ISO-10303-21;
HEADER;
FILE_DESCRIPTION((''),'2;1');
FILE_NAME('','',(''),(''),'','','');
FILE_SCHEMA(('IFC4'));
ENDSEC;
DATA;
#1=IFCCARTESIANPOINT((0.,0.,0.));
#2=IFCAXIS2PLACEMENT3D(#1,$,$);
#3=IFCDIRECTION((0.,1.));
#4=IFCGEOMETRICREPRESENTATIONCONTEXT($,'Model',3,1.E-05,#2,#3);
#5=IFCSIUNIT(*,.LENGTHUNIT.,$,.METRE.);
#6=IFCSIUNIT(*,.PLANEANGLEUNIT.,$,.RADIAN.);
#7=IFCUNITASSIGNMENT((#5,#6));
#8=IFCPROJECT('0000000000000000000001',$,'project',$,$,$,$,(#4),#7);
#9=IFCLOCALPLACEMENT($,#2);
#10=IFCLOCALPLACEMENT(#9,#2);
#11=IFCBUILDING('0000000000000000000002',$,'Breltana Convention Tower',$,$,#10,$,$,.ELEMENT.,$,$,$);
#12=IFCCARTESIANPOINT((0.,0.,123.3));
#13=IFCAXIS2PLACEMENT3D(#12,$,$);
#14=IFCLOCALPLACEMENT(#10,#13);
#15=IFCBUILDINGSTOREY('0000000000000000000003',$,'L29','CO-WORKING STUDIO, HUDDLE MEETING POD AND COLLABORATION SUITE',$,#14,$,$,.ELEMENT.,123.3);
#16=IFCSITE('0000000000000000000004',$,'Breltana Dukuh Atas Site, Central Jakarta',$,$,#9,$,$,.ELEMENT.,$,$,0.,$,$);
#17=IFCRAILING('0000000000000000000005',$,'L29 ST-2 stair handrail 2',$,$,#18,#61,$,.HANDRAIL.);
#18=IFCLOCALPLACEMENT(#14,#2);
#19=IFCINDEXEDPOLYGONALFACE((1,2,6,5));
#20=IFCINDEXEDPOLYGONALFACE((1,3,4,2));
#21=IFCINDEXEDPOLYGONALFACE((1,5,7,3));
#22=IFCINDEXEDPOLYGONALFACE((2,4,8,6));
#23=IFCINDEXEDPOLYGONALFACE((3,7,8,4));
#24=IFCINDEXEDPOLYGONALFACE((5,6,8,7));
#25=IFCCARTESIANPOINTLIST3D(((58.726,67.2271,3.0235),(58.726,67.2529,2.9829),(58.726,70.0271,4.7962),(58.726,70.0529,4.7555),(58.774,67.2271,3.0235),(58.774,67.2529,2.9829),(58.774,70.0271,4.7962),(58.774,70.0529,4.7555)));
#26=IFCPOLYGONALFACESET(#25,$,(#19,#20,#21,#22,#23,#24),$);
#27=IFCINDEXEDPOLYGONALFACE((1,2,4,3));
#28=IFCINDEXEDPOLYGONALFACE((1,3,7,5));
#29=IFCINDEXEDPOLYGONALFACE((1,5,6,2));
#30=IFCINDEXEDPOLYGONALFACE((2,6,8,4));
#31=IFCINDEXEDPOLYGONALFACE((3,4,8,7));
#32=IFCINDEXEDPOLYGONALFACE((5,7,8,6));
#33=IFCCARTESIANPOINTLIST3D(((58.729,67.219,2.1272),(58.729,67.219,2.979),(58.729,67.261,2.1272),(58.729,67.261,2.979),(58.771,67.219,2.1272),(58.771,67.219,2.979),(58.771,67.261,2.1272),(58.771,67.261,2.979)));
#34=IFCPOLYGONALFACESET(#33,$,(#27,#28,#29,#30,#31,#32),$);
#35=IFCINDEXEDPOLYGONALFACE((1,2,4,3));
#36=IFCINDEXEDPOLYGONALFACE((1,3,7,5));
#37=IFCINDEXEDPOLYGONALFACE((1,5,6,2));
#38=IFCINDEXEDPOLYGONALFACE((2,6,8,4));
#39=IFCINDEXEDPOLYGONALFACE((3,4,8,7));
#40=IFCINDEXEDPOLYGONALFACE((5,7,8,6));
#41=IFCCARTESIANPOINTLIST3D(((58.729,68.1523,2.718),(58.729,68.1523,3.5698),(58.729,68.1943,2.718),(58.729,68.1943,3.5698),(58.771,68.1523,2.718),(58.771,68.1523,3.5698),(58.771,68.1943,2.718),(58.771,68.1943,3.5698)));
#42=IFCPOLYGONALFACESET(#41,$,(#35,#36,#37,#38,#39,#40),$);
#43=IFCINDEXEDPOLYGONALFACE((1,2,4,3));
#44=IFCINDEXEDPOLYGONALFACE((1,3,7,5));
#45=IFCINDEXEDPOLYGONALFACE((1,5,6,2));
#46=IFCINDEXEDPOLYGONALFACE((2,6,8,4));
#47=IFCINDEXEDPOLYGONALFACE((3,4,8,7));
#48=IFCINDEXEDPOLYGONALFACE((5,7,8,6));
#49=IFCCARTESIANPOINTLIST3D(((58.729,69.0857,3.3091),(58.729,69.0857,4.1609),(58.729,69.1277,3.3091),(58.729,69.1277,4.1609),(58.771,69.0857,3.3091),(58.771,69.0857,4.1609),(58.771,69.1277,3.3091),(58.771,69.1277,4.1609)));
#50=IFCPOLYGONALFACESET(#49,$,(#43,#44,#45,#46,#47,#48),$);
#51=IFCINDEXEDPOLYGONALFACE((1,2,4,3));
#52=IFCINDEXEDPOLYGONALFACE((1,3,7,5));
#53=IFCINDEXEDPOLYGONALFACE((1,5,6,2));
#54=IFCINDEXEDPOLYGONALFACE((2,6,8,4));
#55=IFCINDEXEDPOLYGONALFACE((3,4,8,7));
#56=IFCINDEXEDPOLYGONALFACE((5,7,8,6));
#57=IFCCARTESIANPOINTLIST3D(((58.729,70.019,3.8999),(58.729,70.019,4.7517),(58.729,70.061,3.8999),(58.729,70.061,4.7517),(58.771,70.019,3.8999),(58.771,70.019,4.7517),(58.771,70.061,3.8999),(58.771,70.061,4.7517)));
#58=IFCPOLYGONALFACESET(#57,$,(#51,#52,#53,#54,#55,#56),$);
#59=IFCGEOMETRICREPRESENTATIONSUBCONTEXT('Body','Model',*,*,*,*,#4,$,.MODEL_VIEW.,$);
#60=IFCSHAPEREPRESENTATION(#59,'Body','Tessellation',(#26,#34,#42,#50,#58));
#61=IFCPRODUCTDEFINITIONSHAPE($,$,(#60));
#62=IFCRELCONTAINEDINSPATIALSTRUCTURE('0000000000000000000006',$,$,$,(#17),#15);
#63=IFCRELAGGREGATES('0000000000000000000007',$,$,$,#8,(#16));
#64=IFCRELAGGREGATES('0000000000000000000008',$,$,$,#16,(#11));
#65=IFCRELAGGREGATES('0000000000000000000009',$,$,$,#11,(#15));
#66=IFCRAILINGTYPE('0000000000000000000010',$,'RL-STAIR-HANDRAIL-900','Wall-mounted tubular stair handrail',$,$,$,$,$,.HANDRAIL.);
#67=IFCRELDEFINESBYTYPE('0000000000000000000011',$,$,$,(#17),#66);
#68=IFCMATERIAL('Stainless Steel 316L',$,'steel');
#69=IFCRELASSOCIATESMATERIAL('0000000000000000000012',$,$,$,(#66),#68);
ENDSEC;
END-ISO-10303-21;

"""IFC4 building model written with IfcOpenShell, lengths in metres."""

from ifc_helpers import new_model, si_unit, direction, frame, origin, origin_2d, place, context, subcontext, project, spatial, rectangle, extrude, material, type_object, element, save


model = new_model("IFC4")

# Units and contexts
model_context = context("Model", 3, precision=1e-05, world=origin(), true_north=direction((0.0, 1.0)))
body_context = subcontext(model_context, "Body", "Model", "MODEL_VIEW")
ifc_project = project(units=[si_unit("LENGTHUNIT", "METRE"), si_unit("PLANEANGLEUNIT", "RADIAN")], contexts=[model_context])

# Site, building, storey
site_placement = place(None, origin())
site = spatial("IfcSite", under=ifc_project, at=site_placement, Name="Breltana Dukuh Atas Site, Central Jakarta", CompositionType="ELEMENT", RefElevation=0.0)
building_placement = place(site_placement, origin())
building = spatial("IfcBuilding", under=site, at=building_placement, Name="Breltana Convention Tower", CompositionType="ELEMENT")
storey_placement = place(building_placement, frame((0.0, 0.0, 123.3)))
storey = spatial("IfcBuildingStorey", under=building, at=storey_placement, Name="L29", Description="CO-WORKING STUDIO, HUDDLE MEETING POD AND COLLABORATION SUITE", CompositionType="ELEMENT", Elevation=123.3)

# Railing
ifc_material_1 = material(Name="Stainless Steel 316L", Category="steel")
railing_type_1 = type_object("IfcRailingType", Name="RL-STAIR-HANDRAIL-900", Description="Wall-mounted tubular stair handrail", PredefinedType="HANDRAIL", material=ifc_material_1)
railing_1_placement = place(storey_placement, frame((58.75, 67.24, 2.1272)))
element("IfcRailing", 1, at=railing_1_placement, inside=storey, type_object=railing_type_1, Name="L29 ST-2 stair handrail 2", PredefinedType="HANDRAIL", context=body_context, shape_type="SweptSolid", body=[
    extrude(rectangle(XDim=0.0481, YDim=0.0481, at=origin_2d()), frame((0.0, 0.0, 0.876), z_axis=(0.0, 0.844909, 0.53491), x_axis=(-1.0, 0.0, 0.0)), (0.0, 0.0, 1.0), 3.314),
    extrude(rectangle(XDim=0.042, YDim=0.042, at=origin_2d()), origin(), (0.0, 0.0, 1.0), 0.8518),
    extrude(rectangle(XDim=0.042, YDim=0.042, at=origin_2d()), frame((0.0, 0.9333, 0.5908)), (0.0, 0.0, 1.0), 0.8518),
    extrude(rectangle(XDim=0.042, YDim=0.042, at=origin_2d()), frame((0.0, 1.8667, 1.1819)), (0.0, 0.0, 1.0), 0.8518),
    extrude(rectangle(XDim=0.042, YDim=0.042, at=origin_2d()), frame((0.0, 2.8, 1.7727)), (0.0, 0.0, 1.0), 0.8518),
])

save(model, "model.ifc")
